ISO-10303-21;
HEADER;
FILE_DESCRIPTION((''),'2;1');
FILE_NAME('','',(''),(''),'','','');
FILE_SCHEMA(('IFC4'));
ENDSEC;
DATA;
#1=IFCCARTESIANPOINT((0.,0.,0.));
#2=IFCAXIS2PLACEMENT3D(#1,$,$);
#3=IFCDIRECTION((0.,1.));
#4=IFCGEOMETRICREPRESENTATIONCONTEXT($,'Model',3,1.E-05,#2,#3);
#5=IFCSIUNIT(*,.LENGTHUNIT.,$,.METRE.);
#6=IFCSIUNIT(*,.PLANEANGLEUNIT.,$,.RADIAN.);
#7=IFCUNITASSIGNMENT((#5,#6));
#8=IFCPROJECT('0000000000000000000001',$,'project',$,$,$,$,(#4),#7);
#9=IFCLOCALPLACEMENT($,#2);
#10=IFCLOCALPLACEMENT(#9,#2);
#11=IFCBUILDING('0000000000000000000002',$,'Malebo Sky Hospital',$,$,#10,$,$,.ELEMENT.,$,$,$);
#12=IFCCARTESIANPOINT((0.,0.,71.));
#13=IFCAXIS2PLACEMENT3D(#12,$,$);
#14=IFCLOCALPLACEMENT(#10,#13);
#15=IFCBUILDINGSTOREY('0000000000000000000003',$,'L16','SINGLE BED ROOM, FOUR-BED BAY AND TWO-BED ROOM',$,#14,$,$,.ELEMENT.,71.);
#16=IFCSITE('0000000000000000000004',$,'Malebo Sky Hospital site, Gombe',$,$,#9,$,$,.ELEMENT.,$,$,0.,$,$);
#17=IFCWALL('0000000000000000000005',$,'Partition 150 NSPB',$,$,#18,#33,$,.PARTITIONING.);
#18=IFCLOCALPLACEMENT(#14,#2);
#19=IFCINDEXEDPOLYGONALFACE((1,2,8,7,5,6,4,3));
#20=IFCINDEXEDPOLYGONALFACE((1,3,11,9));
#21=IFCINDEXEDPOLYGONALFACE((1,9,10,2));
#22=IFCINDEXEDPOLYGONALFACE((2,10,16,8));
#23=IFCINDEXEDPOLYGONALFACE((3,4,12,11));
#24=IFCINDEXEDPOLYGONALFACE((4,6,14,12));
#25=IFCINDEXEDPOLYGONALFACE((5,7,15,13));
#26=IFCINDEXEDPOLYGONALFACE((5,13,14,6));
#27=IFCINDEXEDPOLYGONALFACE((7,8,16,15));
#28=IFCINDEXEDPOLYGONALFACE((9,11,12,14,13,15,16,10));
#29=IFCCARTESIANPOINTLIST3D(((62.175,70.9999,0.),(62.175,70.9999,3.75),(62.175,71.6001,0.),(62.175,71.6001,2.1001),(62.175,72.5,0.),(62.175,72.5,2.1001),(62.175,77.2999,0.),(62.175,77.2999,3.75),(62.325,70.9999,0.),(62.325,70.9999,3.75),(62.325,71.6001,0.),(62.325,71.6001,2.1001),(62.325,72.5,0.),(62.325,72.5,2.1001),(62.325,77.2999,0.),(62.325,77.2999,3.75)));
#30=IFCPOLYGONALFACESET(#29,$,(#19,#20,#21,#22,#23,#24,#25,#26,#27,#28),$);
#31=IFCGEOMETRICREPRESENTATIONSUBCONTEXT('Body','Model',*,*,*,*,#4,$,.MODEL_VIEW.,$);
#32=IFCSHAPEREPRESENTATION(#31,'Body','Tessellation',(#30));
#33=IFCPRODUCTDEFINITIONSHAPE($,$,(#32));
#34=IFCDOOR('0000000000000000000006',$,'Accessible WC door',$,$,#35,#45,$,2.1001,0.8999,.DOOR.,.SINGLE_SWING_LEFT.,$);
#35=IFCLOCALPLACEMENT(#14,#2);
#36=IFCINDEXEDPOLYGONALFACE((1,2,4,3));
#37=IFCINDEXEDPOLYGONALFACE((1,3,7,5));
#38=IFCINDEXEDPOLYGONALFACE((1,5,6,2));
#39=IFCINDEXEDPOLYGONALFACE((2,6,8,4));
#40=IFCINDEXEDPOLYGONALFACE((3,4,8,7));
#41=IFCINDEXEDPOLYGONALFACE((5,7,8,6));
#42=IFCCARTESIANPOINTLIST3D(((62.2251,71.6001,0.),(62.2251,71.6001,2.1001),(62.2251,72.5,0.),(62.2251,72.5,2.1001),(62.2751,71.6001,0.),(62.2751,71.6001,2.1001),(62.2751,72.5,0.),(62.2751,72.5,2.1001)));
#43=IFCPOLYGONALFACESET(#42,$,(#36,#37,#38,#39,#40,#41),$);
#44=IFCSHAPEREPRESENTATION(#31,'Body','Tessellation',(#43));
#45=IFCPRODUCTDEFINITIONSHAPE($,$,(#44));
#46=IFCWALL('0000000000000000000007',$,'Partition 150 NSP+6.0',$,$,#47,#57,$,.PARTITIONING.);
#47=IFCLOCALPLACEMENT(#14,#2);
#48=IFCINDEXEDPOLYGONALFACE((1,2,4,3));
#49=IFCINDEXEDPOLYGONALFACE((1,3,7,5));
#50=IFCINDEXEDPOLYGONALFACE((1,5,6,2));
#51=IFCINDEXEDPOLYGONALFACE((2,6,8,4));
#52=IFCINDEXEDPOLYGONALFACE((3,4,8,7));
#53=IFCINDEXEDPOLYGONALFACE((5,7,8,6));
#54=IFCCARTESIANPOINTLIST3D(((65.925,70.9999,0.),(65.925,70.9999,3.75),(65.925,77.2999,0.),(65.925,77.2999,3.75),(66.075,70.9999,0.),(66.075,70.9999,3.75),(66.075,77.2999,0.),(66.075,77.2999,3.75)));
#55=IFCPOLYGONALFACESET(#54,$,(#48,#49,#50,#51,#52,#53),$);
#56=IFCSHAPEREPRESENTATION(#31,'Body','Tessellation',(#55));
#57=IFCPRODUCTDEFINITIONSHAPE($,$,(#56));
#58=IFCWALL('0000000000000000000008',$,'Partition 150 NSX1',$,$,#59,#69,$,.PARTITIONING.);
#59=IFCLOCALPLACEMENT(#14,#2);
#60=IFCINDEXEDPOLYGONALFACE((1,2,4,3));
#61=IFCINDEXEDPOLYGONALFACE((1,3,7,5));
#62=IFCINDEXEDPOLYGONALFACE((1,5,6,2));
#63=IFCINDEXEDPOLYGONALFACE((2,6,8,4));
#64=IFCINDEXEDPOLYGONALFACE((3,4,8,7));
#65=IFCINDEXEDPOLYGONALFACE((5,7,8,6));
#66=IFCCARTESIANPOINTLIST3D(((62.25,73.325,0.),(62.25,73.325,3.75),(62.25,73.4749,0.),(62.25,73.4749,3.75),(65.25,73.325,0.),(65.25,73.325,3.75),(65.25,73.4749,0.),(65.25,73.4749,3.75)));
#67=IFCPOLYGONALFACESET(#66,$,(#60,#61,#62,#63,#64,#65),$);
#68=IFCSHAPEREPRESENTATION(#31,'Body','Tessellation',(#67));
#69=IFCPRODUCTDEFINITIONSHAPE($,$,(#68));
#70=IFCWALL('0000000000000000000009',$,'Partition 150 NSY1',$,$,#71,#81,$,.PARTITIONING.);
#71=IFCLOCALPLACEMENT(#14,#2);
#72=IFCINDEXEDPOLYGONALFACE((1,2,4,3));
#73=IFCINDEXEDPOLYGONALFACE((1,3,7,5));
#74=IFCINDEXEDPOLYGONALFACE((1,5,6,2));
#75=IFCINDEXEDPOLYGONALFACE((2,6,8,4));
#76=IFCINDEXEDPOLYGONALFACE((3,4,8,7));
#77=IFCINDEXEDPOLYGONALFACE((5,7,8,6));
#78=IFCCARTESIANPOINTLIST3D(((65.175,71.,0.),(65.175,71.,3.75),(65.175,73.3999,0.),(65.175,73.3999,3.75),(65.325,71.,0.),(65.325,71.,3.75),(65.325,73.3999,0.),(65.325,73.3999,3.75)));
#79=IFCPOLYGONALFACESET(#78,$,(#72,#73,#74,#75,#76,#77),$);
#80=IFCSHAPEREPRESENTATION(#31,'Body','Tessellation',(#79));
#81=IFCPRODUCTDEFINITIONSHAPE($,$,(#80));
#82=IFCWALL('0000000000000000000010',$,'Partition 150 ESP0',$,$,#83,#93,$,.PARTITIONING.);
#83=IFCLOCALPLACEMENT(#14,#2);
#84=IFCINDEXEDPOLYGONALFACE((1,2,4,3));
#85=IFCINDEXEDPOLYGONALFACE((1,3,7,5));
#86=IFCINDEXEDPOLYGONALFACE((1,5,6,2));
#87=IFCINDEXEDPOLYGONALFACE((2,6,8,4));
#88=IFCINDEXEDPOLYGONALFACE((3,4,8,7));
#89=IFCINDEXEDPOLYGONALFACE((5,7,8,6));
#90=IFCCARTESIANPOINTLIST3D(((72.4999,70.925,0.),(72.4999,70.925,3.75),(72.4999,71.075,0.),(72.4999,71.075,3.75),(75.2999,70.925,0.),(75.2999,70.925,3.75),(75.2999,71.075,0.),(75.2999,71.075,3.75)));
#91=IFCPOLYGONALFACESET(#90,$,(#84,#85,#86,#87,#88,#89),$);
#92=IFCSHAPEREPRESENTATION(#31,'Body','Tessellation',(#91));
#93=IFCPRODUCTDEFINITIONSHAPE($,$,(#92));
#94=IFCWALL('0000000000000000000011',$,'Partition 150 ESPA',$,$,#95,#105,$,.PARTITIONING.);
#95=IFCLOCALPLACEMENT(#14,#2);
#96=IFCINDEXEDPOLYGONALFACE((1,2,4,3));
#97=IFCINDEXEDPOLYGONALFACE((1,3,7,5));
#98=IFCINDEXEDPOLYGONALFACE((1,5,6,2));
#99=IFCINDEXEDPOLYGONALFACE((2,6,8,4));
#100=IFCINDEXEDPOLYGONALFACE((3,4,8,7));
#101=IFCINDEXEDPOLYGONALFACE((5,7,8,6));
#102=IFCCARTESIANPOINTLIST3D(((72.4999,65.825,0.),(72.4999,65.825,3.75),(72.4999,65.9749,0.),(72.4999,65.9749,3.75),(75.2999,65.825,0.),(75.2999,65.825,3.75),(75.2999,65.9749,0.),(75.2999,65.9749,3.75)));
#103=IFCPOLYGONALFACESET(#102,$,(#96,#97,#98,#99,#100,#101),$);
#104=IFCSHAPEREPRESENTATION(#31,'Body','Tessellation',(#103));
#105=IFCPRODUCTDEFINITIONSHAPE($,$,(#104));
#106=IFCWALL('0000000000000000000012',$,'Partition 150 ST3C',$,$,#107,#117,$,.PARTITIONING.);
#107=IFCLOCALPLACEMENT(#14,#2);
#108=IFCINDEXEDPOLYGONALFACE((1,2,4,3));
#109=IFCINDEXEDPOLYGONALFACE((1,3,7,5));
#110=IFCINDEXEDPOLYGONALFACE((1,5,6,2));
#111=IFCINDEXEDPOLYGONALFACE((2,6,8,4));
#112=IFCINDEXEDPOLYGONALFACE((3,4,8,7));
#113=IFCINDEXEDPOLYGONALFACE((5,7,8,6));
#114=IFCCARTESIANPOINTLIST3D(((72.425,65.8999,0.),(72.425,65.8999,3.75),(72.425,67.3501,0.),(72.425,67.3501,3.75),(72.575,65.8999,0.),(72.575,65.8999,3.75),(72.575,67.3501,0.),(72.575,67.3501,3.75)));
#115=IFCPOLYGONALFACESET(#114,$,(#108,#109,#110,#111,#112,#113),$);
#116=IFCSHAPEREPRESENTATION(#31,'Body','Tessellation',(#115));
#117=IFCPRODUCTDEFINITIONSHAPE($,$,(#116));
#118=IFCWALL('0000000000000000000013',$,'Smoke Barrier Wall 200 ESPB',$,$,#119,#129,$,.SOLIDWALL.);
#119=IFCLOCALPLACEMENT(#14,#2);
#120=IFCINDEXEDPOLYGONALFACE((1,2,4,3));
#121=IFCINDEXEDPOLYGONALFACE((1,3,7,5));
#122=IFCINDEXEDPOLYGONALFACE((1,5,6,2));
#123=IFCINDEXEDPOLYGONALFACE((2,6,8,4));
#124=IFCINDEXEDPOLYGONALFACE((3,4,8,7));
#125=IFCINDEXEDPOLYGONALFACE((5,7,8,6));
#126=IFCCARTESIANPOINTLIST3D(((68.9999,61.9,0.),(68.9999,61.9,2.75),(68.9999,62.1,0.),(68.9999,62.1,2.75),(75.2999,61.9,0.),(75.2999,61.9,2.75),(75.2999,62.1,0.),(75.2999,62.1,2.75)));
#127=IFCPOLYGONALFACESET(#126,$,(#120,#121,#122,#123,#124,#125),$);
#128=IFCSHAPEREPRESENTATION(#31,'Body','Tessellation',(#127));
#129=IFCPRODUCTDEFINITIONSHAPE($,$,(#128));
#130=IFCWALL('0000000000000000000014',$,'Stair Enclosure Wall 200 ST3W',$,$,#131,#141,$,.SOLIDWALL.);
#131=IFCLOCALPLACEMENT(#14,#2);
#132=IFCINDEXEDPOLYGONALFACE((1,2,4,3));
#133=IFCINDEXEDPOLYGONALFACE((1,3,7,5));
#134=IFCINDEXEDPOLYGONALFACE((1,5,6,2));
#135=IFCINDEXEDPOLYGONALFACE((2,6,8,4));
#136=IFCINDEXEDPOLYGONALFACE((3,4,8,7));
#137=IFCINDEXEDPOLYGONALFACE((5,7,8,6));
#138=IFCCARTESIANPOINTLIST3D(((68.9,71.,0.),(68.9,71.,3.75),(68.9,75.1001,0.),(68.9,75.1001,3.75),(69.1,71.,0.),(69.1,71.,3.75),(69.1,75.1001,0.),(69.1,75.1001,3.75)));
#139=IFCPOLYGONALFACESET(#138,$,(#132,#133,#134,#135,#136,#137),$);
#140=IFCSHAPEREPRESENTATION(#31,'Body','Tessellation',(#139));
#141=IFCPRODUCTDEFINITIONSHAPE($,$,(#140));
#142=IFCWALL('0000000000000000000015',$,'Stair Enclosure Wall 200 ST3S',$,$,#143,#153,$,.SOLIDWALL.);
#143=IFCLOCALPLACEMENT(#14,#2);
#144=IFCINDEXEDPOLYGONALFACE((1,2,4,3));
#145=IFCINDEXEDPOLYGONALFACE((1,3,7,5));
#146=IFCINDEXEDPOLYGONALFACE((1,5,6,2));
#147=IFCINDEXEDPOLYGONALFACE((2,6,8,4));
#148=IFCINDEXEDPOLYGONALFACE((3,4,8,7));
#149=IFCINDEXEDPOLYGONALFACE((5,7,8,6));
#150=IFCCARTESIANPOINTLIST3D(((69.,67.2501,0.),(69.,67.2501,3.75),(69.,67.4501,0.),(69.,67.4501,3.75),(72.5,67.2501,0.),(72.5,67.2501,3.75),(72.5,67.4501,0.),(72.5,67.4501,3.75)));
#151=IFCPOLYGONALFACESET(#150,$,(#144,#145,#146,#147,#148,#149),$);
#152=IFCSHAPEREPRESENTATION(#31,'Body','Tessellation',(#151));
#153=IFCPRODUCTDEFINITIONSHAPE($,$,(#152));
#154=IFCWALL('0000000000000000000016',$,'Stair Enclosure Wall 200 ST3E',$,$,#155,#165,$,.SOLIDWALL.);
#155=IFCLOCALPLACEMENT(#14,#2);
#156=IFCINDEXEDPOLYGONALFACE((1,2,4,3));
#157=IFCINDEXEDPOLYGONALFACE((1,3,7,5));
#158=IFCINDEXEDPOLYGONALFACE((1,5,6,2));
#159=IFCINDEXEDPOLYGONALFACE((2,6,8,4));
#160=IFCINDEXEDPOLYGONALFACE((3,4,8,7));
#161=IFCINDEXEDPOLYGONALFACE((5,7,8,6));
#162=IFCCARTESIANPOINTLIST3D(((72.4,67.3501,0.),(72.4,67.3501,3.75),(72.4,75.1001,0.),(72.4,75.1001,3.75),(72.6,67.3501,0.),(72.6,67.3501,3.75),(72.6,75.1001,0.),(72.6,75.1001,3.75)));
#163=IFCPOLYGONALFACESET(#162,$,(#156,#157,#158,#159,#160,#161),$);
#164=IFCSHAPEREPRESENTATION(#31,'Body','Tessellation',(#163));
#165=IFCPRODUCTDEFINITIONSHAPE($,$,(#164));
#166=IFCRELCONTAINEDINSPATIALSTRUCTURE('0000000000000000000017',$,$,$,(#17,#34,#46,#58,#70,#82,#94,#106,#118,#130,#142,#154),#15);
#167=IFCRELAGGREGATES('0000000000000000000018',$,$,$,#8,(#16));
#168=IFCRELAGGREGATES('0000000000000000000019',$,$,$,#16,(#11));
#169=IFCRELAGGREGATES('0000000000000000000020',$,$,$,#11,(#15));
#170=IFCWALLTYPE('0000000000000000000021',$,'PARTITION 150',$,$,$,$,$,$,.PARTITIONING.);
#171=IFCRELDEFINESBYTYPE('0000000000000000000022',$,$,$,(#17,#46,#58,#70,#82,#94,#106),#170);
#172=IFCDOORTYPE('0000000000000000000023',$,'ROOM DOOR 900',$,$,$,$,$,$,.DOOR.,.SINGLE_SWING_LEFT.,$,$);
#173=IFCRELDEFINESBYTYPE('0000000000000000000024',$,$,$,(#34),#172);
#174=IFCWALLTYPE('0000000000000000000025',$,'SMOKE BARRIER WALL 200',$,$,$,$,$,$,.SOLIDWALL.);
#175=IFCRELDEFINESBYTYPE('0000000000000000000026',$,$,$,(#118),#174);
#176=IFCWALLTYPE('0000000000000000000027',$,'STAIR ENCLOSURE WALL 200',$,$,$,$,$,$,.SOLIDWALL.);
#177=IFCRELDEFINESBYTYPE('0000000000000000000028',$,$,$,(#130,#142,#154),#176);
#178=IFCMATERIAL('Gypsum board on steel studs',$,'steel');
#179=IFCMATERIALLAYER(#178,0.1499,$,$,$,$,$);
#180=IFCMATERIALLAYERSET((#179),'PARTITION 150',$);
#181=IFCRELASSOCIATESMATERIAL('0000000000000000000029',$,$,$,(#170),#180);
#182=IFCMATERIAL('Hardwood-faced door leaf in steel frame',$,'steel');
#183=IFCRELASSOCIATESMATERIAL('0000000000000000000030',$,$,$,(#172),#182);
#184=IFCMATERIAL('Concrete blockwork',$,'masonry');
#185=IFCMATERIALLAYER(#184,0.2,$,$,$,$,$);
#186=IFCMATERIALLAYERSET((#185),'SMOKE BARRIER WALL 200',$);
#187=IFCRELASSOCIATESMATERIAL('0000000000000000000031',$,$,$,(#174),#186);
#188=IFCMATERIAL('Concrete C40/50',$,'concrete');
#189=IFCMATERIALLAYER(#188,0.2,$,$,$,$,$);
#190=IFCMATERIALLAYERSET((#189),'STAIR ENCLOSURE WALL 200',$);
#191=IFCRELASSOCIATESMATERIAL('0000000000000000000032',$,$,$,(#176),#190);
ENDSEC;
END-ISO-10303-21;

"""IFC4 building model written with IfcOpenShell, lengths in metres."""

from ifc_helpers import new_model, si_unit, direction, frame, frame_2d, origin, place, context, subcontext, project, spatial, rectangle, extrude, material, layer, layer_set, type_object, element, fill, save


model = new_model("IFC4")

# Units and contexts
model_context = context("Model", 3, precision=1e-05, world=origin(), true_north=direction((0.0, 1.0)))
body_context = subcontext(model_context, "Body", "Model", "MODEL_VIEW")
ifc_project = project(units=[si_unit("LENGTHUNIT", "METRE"), si_unit("PLANEANGLEUNIT", "RADIAN")], contexts=[model_context])

# Site, building, storey
site_placement = place(None, origin())
site = spatial("IfcSite", under=ifc_project, at=site_placement, Name="Malebo Sky Hospital site, Gombe", CompositionType="ELEMENT", RefElevation=0.0)
building_placement = place(site_placement, origin())
building = spatial("IfcBuilding", under=site, at=building_placement, Name="Malebo Sky Hospital", CompositionType="ELEMENT")
storey_placement = place(building_placement, frame((0.0, 0.0, 71.0)))
storey = spatial("IfcBuildingStorey", under=building, at=storey_placement, Name="L16", Description="SINGLE BED ROOM, FOUR-BED BAY AND TWO-BED ROOM", CompositionType="ELEMENT", Elevation=71.0)

# Shared definitions
ifc_material_1 = material(Name="Gypsum board on steel studs", Category="steel")

# Wall, opening, door
ifc_layer_1 = layer(ifc_material_1, 0.1499)
ifc_layer_set_1 = layer_set([ifc_layer_1], Name="PARTITION 150")
wall_type_1 = type_object("IfcWallType", Name="PARTITION 150", PredefinedType="PARTITIONING", material=ifc_layer_set_1)
wall_1_placement = place(storey_placement, frame((62.25, 71.0, 0.0), z_axis=(0.0, 0.0, 1.0), x_axis=(0.0, 1.0, 0.0)))
wall_1 = element("IfcWall", 1, at=wall_1_placement, inside=storey, type_object=wall_type_1, Name="Partition 150 NSPB", PredefinedType="PARTITIONING", context=body_context, shape_type="SweptSolid", body=[
    extrude(rectangle(XDim=6.3, YDim=0.1499, at=frame_2d((3.1499, 0.0))), origin(), (0.0, 0.0, 1.0), 3.75),
])
opening_1_placement = place(wall_1_placement, frame((0.6001, 0.0, 0.0)))
opening_1 = element("IfcOpeningElement", 2, at=opening_1_placement, cuts=wall_1, PredefinedType="OPENING", context=body_context, shape_type="SweptSolid", body=[
    extrude(rectangle(XDim=0.8999, YDim=2.1001, at=frame_2d((0.45, 1.05))), frame((0.0, 0.085, 0.0), z_axis=(0.0, -1.0, 0.0), x_axis=(1.0, 0.0, 0.0)), (0.0, 0.0, 1.0), 0.1699),
])
ifc_material_2 = material(Name="Hardwood-faced door leaf in steel frame", Category="steel")
door_type_1 = type_object("IfcDoorType", Name="ROOM DOOR 900", OperationType="SINGLE_SWING_LEFT", PredefinedType="DOOR", material=ifc_material_2)
door_1_placement = place(opening_1_placement, origin())
door_1 = element("IfcDoor", 3, at=door_1_placement, inside=storey, type_object=door_type_1, Name="Accessible WC door", OperationType="SINGLE_SWING_LEFT", OverallHeight=2.1001, OverallWidth=0.8999, PredefinedType="DOOR", context=body_context, shape_type="SweptSolid", body=[
    extrude(rectangle(XDim=0.8999, YDim=2.1001, at=frame_2d((0.45, 1.05))), frame((0.0, 0.0249, 0.0), z_axis=(0.0, -1.0, 0.0), x_axis=(1.0, 0.0, 0.0)), (0.0, 0.0, 1.0), 0.05),
])
fill(opening_1, door_1)

# Walls
wall_2_placement = place(storey_placement, frame((66.0, 71.0, 0.0), z_axis=(0.0, 0.0, 1.0), x_axis=(0.0, 1.0, 0.0)))
element("IfcWall", 4, at=wall_2_placement, inside=storey, type_object=wall_type_1, Name="Partition 150 NSP+6.0", PredefinedType="PARTITIONING", context=body_context, shape_type="SweptSolid", body=[
    extrude(rectangle(XDim=6.3, YDim=0.1499, at=frame_2d((3.1499, 0.0))), origin(), (0.0, 0.0, 1.0), 3.75),
])
wall_3_placement = place(storey_placement, frame((62.25, 73.3999, 0.0), z_axis=(0.0, 0.0, 1.0), x_axis=(1.0, 0.0, 0.0)))
element("IfcWall", 5, at=wall_3_placement, inside=storey, type_object=wall_type_1, Name="Partition 150 NSX1", PredefinedType="PARTITIONING", context=body_context, shape_type="SweptSolid", body=[
    extrude(rectangle(XDim=3.0, YDim=0.1499, at=frame_2d((1.5, 0.0))), origin(), (0.0, 0.0, 1.0), 3.75),
])
wall_4_placement = place(storey_placement, frame((65.25, 71.0, 0.0), z_axis=(0.0, 0.0, 1.0), x_axis=(0.0, 1.0, 0.0)))
element("IfcWall", 6, at=wall_4_placement, inside=storey, type_object=wall_type_1, Name="Partition 150 NSY1", PredefinedType="PARTITIONING", context=body_context, shape_type="SweptSolid", body=[
    extrude(rectangle(XDim=2.3999, YDim=0.1499, at=frame_2d((1.2, 0.0))), origin(), (0.0, 0.0, 1.0), 3.75),
])
for number, where, z_axis, x_axis, name in (
    (7, (72.5, 71.0, 0.0), (0.0, 0.0, 1.0), (1.0, 0.0, 0.0), "Partition 150 ESP0"),
    (8, (72.5, 65.8999, 0.0), (0.0, 0.0, 1.0), (1.0, 0.0, 0.0), "Partition 150 ESPA"),
):
    element("IfcWall", number, at=place(storey_placement, frame(where, z_axis=z_axis, x_axis=x_axis)), inside=storey, type_object=wall_type_1, Name=name, PredefinedType="PARTITIONING", context=body_context, shape_type="SweptSolid", body=[
        extrude(rectangle(XDim=2.8, YDim=0.1499, at=frame_2d((1.3999, 0.0))), origin(), (0.0, 0.0, 1.0), 3.75),
    ])
wall_5_placement = place(storey_placement, frame((72.5, 65.8999, 0.0), z_axis=(0.0, 0.0, 1.0), x_axis=(0.0, 1.0, 0.0)))
element("IfcWall", 9, at=wall_5_placement, inside=storey, type_object=wall_type_1, Name="Partition 150 ST3C", PredefinedType="PARTITIONING", context=body_context, shape_type="SweptSolid", body=[
    extrude(rectangle(XDim=1.4502, YDim=0.1499, at=frame_2d((0.7251, 0.0))), origin(), (0.0, 0.0, 1.0), 3.75),
])
ifc_material_3 = material(Name="Concrete blockwork", Category="masonry")
ifc_layer_2 = layer(ifc_material_3, 0.2)
ifc_layer_set_2 = layer_set([ifc_layer_2], Name="SMOKE BARRIER WALL 200")
wall_type_2 = type_object("IfcWallType", Name="SMOKE BARRIER WALL 200", PredefinedType="SOLIDWALL", material=ifc_layer_set_2)
wall_6_placement = place(storey_placement, frame((69.0, 62.0, 0.0), z_axis=(0.0, 0.0, 1.0), x_axis=(1.0, 0.0, 0.0)))
element("IfcWall", 10, at=wall_6_placement, inside=storey, type_object=wall_type_2, Name="Smoke Barrier Wall 200 ESPB", PredefinedType="SOLIDWALL", context=body_context, shape_type="SweptSolid", body=[
    extrude(rectangle(XDim=6.3, YDim=0.2, at=frame_2d((3.1499, 0.0))), origin(), (0.0, 0.0, 1.0), 2.75),
])
ifc_material_4 = material(Name="Concrete C40/50", Category="concrete")
ifc_layer_3 = layer(ifc_material_4, 0.2)
ifc_layer_set_3 = layer_set([ifc_layer_3], Name="STAIR ENCLOSURE WALL 200")
wall_type_3 = type_object("IfcWallType", Name="STAIR ENCLOSURE WALL 200", PredefinedType="SOLIDWALL", material=ifc_layer_set_3)
wall_7_placement = place(storey_placement, frame((69.0, 71.0, 0.0), z_axis=(0.0, 0.0, 1.0), x_axis=(0.0, 1.0, 0.0)))
element("IfcWall", 11, at=wall_7_placement, inside=storey, type_object=wall_type_3, Name="Stair Enclosure Wall 200 ST3W", PredefinedType="SOLIDWALL", context=body_context, shape_type="SweptSolid", body=[
    extrude(rectangle(XDim=4.1001, YDim=0.2, at=frame_2d((2.05, 0.0))), origin(), (0.0, 0.0, 1.0), 3.75),
])
wall_8_placement = place(storey_placement, frame((69.0, 67.3501, 0.0), z_axis=(0.0, 0.0, 1.0), x_axis=(1.0, 0.0, 0.0)))
element("IfcWall", 12, at=wall_8_placement, inside=storey, type_object=wall_type_3, Name="Stair Enclosure Wall 200 ST3S", PredefinedType="SOLIDWALL", context=body_context, shape_type="SweptSolid", body=[
    extrude(rectangle(XDim=3.5, YDim=0.2, at=frame_2d((1.75, 0.0))), origin(), (0.0, 0.0, 1.0), 3.75),
])
wall_9_placement = place(storey_placement, frame((72.5, 67.3501, 0.0), z_axis=(0.0, 0.0, 1.0), x_axis=(0.0, 1.0, 0.0)))
element("IfcWall", 13, at=wall_9_placement, inside=storey, type_object=wall_type_3, Name="Stair Enclosure Wall 200 ST3E", PredefinedType="SOLIDWALL", context=body_context, shape_type="SweptSolid", body=[
    extrude(rectangle(XDim=7.75, YDim=0.2, at=frame_2d((3.875, 0.0))), origin(), (0.0, 0.0, 1.0), 3.75),
])

save(model, "model.ifc")
